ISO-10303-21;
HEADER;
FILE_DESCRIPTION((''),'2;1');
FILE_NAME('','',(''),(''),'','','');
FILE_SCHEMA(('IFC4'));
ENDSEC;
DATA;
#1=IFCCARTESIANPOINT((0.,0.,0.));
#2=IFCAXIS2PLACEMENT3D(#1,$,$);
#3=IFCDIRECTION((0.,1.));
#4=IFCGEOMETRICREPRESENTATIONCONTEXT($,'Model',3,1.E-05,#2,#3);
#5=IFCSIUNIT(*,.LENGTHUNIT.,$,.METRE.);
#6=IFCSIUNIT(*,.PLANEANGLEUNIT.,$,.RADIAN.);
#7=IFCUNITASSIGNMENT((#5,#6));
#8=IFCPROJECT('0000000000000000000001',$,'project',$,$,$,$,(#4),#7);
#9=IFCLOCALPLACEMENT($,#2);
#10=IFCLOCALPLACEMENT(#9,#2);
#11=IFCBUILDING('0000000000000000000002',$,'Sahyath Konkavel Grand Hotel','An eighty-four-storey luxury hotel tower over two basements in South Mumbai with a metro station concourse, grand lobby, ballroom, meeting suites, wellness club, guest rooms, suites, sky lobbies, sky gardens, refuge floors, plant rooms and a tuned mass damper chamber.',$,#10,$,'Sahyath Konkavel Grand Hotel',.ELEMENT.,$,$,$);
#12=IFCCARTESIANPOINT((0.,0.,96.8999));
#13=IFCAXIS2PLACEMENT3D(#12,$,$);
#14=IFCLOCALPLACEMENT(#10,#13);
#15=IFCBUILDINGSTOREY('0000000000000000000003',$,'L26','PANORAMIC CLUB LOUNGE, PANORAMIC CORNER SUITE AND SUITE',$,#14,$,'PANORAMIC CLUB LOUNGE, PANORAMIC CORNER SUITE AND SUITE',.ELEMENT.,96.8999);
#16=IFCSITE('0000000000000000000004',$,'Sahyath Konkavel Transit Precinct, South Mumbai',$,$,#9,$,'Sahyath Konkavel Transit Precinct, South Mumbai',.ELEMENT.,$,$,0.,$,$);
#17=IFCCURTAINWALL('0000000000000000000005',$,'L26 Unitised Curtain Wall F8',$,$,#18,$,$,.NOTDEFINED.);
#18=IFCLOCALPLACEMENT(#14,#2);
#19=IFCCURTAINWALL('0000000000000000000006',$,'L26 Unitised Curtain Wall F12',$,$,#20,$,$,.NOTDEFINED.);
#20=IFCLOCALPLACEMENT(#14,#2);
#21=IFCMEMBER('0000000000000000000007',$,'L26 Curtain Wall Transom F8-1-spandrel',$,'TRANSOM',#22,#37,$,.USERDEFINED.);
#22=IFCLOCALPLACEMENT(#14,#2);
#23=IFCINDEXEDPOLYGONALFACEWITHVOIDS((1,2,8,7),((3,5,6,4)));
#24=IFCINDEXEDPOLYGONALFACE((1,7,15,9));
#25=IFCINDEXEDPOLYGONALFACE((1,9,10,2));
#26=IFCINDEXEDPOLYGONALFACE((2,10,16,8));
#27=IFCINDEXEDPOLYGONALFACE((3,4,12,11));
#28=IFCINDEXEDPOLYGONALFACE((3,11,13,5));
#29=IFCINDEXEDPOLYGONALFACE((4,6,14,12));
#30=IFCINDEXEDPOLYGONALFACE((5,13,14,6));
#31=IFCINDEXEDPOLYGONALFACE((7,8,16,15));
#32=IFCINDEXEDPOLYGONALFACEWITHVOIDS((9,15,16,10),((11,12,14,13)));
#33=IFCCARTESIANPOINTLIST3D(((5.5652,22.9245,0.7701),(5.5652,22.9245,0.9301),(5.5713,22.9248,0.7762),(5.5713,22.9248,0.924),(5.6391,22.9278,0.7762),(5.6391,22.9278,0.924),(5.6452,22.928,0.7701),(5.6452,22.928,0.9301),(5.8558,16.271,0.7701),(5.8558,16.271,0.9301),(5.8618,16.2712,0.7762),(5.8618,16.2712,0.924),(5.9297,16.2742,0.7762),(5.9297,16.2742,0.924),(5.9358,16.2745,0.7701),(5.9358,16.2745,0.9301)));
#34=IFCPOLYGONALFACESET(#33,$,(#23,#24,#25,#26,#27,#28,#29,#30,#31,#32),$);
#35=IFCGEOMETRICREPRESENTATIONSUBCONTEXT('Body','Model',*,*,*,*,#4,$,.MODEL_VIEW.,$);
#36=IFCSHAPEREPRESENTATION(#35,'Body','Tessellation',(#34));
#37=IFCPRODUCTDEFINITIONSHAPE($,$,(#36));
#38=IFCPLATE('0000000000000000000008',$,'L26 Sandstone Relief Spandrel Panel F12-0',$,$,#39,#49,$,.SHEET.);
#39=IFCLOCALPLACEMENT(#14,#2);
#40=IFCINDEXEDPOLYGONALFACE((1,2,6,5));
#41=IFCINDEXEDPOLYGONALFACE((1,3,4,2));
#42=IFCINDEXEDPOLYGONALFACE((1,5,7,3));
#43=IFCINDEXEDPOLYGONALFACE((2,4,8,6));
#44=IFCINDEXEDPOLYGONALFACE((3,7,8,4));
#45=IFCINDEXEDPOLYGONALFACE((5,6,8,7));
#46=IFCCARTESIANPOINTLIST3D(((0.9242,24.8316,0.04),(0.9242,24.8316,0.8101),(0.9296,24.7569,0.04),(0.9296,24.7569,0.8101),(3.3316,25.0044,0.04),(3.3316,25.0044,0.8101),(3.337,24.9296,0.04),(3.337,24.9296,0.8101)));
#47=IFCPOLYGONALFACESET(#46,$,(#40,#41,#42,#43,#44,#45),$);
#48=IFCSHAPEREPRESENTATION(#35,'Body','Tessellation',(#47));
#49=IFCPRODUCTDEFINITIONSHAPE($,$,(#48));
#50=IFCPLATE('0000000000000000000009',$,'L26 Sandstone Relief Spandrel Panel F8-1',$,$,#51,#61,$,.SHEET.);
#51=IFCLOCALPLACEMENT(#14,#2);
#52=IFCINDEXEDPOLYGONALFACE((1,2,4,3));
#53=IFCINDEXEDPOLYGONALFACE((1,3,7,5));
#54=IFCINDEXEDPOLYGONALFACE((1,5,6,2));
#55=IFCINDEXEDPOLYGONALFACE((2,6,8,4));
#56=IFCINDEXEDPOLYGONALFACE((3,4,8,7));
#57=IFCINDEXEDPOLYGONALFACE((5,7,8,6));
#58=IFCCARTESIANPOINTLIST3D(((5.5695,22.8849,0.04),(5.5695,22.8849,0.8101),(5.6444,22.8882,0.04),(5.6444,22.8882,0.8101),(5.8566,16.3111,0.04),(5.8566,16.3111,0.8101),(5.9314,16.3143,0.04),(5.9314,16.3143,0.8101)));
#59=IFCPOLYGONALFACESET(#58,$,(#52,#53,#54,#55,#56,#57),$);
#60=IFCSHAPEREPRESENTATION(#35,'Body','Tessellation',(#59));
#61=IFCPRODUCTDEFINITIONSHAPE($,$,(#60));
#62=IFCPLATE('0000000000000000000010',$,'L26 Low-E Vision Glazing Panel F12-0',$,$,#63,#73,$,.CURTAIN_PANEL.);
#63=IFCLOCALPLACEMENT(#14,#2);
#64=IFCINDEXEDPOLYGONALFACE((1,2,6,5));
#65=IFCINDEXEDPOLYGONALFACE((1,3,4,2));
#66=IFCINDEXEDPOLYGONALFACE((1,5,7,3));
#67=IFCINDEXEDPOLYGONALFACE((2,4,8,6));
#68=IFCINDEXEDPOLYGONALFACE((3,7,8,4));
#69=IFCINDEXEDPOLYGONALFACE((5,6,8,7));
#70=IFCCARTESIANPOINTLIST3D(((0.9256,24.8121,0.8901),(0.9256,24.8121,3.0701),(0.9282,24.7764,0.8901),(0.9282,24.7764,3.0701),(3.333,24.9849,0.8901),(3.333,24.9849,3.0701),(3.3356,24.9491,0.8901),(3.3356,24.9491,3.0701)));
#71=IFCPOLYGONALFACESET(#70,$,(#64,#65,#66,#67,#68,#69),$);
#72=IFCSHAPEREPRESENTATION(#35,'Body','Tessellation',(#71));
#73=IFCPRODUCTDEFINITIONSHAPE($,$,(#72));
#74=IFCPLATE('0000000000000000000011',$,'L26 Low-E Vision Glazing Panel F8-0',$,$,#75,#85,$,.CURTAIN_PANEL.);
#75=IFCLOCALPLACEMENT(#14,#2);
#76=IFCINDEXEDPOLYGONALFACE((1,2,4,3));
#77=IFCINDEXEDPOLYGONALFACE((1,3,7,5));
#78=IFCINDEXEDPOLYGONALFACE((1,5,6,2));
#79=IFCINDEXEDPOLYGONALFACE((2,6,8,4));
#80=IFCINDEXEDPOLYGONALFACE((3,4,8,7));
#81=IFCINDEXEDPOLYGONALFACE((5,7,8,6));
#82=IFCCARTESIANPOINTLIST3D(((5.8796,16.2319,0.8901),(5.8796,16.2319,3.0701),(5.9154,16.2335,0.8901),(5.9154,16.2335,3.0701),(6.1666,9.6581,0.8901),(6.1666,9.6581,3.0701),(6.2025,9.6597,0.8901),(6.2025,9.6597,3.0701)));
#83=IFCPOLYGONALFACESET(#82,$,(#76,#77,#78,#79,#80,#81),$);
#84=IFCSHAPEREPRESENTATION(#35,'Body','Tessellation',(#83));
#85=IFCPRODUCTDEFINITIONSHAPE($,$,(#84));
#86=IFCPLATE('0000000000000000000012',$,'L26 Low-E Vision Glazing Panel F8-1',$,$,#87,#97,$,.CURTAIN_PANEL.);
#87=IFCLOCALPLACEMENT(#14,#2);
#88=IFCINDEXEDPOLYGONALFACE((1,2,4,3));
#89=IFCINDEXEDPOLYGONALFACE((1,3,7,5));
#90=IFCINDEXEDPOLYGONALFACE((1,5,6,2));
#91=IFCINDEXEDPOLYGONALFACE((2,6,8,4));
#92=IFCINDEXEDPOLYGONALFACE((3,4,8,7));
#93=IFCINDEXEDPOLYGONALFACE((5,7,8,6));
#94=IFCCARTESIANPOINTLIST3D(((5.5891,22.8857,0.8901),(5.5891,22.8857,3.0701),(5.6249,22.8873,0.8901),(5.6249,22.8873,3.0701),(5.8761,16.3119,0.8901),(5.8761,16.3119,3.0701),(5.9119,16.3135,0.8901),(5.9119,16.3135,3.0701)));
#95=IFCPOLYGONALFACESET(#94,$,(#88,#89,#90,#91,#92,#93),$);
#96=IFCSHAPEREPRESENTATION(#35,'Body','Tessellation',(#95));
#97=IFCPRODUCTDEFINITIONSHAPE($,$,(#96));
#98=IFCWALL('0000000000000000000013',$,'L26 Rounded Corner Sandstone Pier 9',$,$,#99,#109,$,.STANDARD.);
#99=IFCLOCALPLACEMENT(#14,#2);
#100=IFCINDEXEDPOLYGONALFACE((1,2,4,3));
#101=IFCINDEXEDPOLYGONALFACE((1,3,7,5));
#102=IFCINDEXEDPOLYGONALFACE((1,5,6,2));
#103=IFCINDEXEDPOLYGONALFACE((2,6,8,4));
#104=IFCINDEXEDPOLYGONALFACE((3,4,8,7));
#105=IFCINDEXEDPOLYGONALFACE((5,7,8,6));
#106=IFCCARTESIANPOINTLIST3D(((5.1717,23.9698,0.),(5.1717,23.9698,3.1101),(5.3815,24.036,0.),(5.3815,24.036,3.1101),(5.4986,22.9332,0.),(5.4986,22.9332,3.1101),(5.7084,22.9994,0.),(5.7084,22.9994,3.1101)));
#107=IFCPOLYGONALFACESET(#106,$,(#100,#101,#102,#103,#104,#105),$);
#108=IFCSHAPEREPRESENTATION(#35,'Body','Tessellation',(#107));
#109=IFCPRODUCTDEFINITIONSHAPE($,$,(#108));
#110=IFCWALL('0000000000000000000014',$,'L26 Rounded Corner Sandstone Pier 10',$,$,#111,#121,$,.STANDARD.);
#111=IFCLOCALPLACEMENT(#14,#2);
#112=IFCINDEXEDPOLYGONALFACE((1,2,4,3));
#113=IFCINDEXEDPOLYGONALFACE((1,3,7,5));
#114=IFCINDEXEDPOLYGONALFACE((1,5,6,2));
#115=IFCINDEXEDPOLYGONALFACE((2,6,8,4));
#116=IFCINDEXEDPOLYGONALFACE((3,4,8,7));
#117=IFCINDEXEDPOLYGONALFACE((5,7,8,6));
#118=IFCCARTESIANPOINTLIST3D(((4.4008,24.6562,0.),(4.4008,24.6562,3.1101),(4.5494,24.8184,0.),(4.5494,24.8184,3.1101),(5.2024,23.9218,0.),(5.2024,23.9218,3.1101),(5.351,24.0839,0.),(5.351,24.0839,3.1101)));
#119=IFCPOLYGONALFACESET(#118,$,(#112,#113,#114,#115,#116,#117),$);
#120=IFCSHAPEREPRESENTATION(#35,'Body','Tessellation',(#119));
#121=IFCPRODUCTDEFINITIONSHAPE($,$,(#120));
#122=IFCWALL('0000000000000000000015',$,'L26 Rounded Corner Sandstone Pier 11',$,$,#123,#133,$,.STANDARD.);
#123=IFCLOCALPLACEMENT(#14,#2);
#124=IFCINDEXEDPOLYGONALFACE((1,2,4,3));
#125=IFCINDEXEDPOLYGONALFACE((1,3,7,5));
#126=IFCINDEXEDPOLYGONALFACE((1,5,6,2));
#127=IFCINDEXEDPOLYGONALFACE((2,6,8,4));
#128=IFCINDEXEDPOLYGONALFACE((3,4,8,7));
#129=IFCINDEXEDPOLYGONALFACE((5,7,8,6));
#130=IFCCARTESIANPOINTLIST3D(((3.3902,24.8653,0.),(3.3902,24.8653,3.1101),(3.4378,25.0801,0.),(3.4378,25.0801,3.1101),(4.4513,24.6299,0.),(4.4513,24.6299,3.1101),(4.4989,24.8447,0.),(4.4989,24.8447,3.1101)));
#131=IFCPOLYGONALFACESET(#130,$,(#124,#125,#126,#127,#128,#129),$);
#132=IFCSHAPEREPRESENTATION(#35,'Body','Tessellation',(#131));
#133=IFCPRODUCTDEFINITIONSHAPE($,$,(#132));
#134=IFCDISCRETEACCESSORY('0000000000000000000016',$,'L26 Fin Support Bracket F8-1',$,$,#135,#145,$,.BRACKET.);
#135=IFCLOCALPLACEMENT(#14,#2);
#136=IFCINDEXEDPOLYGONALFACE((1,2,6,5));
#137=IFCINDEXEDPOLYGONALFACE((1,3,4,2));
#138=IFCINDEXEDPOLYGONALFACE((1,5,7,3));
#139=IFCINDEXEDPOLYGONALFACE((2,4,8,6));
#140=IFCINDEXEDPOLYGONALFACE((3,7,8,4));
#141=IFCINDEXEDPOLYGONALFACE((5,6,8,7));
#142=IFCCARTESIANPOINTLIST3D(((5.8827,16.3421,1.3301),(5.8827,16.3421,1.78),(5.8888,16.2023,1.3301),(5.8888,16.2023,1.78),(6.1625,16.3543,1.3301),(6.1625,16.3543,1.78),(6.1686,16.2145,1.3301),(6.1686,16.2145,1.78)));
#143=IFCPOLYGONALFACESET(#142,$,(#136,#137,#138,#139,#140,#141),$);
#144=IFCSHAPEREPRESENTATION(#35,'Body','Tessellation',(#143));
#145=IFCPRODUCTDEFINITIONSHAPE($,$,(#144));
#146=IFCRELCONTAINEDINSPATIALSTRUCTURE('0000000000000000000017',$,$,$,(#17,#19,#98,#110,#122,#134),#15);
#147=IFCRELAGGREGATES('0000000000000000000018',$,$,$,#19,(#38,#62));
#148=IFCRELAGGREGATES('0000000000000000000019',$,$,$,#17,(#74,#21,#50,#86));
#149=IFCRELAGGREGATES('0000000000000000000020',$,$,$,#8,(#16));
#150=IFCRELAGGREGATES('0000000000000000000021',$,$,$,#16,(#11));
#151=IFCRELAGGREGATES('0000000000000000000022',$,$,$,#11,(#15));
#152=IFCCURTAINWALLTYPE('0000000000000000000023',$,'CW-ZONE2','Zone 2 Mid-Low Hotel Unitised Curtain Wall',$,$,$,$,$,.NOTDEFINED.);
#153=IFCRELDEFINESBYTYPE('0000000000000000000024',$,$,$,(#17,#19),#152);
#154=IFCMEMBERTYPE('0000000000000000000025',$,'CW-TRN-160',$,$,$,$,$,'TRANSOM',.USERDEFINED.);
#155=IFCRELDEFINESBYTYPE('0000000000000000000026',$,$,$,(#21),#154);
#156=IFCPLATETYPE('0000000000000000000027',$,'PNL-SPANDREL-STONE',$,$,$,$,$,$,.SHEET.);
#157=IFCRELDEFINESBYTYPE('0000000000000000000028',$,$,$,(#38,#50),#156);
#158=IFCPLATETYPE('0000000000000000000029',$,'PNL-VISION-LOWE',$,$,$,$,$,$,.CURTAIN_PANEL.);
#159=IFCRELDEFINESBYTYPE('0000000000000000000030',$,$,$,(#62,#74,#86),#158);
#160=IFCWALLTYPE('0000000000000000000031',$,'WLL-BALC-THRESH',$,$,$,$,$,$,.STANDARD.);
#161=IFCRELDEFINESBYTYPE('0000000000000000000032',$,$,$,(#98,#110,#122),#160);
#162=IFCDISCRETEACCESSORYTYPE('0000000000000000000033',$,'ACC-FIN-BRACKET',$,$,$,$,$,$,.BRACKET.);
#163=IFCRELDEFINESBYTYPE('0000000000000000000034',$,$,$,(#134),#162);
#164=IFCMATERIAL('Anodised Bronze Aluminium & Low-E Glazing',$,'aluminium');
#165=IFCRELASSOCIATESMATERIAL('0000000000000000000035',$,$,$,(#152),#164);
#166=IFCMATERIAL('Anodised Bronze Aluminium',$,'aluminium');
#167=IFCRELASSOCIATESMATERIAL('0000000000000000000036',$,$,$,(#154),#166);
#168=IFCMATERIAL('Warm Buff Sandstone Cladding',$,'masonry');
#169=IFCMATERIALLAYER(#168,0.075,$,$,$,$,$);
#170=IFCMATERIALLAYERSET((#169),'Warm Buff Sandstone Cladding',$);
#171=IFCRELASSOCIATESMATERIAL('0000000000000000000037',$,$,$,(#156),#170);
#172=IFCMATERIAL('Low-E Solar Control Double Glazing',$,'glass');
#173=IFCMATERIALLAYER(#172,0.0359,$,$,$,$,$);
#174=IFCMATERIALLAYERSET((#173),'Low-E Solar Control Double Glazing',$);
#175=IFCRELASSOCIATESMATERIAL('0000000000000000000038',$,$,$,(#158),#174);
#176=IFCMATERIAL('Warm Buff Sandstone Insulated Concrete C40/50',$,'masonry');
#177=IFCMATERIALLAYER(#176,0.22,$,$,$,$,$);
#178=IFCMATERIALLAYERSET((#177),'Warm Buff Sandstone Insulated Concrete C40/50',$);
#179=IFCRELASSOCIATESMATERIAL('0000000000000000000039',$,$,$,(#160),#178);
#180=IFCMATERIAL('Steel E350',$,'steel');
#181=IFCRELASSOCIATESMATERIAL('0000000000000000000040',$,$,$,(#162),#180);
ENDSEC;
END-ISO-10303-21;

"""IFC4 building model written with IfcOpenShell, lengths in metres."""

from ifc_helpers import new_model, si_unit, direction, frame, frame_2d, origin, origin_2d, place, context, subcontext, project, spatial, rectangle, hollow_rectangle, extrude, source, transform, mapped, material, layer, layer_set, material_profile, profile_set, type_object, element, aggregate, save


model = new_model("IFC4")

# Units and contexts
model_context = context("Model", 3, precision=1e-05, world=origin(), true_north=direction((0.0, 1.0)))
body_context = subcontext(model_context, "Body", "Model", "MODEL_VIEW")
ifc_project = project(units=[si_unit("LENGTHUNIT", "METRE"), si_unit("PLANEANGLEUNIT", "RADIAN")], contexts=[model_context])

# Site, building, storey
site_placement = place(None, origin())
site = spatial("IfcSite", under=ifc_project, at=site_placement, Name="Sahyath Konkavel Transit Precinct, South Mumbai", LongName="Sahyath Konkavel Transit Precinct, South Mumbai", CompositionType="ELEMENT", RefElevation=0.0)
building_placement = place(site_placement, origin())
building = spatial("IfcBuilding", under=site, at=building_placement, Name="Sahyath Konkavel Grand Hotel", Description="An eighty-four-storey luxury hotel tower over two basements in South Mumbai with a metro station concourse, grand lobby, ballroom, meeting suites, wellness club, guest rooms, suites, sky lobbies, sky gardens, refuge floors, plant rooms and a tuned mass damper chamber.", LongName="Sahyath Konkavel Grand Hotel", CompositionType="ELEMENT")
storey_placement = place(building_placement, frame((0.0, 0.0, 96.8999)))
storey = spatial("IfcBuildingStorey", under=building, at=storey_placement, Name="L26", Description="PANORAMIC CLUB LOUNGE, PANORAMIC CORNER SUITE AND SUITE", LongName="PANORAMIC CLUB LOUNGE, PANORAMIC CORNER SUITE AND SUITE", CompositionType="ELEMENT", Elevation=96.8999)

# Shared definitions
ifc_material_1 = material(Name="Steel E350", Category="steel")

# Curtain walls
ifc_material_2 = material(Name="Anodised Bronze Aluminium & Low-E Glazing", Category="aluminium")
curtain_wall_type = type_object("IfcCurtainWallType", Name="CW-ZONE2", Description="Zone 2 Mid-Low Hotel Unitised Curtain Wall", PredefinedType="NOTDEFINED", material=ifc_material_2)
curtain_wall_1_placement = place(storey_placement, origin())
curtain_wall_1 = element("IfcCurtainWall", 1, at=curtain_wall_1_placement, inside=storey, type_object=curtain_wall_type, Name="L26 Unitised Curtain Wall F8", PredefinedType="NOTDEFINED")
ifc_material_3 = material(Name="Anodised Bronze Aluminium", Category="aluminium")
curtain_wall_2_placement = place(storey_placement, origin())
curtain_wall_2 = element("IfcCurtainWall", 2, at=curtain_wall_2_placement, inside=storey, type_object=curtain_wall_type, Name="L26 Unitised Curtain Wall F12", PredefinedType="NOTDEFINED")
ifc_material_profile_1 = material_profile(ifc_material_3, hollow_rectangle(XDim=0.0801, YDim=0.1599, WallThickness=0.0061, at=origin_2d()), Name="RHS 160x80x6")
ifc_profile_set_1 = profile_set([ifc_material_profile_1], Name="Anodised Bronze Aluminium")
member_type_1 = type_object("IfcMemberType", Name="CW-TRN-160", ElementType="TRANSOM", PredefinedType="USERDEFINED", material=ifc_profile_set_1)

# Member
shared_shape_1 = source(origin(), body_context, "Body", "SweptSolid", [
    extrude(hollow_rectangle(XDim=0.0801, YDim=0.1599, WallThickness=0.0061, at=origin_2d()), origin(), (0.0, 0.0, 1.0), 6.6599),
])
member_1_placement = place(storey_placement, frame((5.8958, 16.2727, 0.8501), z_axis=(-0.043623, 0.999048, 0.0), x_axis=(-0.999048, -0.043623, 0.0)))
member_1 = element("IfcMember", 3, at=member_1_placement, type_object=member_type_1, Name="L26 Curtain Wall Transom F8-1-spandrel", ObjectType="TRANSOM", PredefinedType="USERDEFINED", context=body_context, shape_type="MappedRepresentation", body=[
    mapped(shared_shape_1, transform((0.0, 0.0, 0.0), scale=1.0)),
])

# Plates
ifc_material_4 = material(Name="Warm Buff Sandstone Cladding", Category="masonry")
ifc_layer_1 = layer(ifc_material_4, 0.075)
ifc_layer_set_1 = layer_set([ifc_layer_1], Name="Warm Buff Sandstone Cladding")
plate_type_1 = type_object("IfcPlateType", Name="PNL-SPANDREL-STONE", PredefinedType="SHEET", material=ifc_layer_set_1)
shared_shape_2 = source(origin(), body_context, "Body", "SweptSolid", [
    extrude(rectangle(XDim=2.4136, YDim=0.075, at=origin_2d()), origin(), (0.0, 0.0, 1.0), 0.77),
])
plate_1_placement = place(storey_placement, frame((2.1306, 24.8806, 0.04), z_axis=(0.0, 0.0, 1.0), x_axis=(-0.997436, -0.071567, 0.0)))
plate_1 = element("IfcPlate", 4, at=plate_1_placement, type_object=plate_type_1, Name="L26 Sandstone Relief Spandrel Panel F12-0", PredefinedType="SHEET", context=body_context, shape_type="MappedRepresentation", body=[
    mapped(shared_shape_2, transform((0.0, 0.0, 0.0), scale=1.0)),
])
shared_shape_3 = source(origin(), body_context, "Body", "SweptSolid", [
    extrude(rectangle(XDim=6.5801, YDim=0.075, at=origin_2d()), origin(), (0.0, 0.0, 1.0), 0.77),
])
plate_2_placement = place(storey_placement, frame((5.7505, 19.5996, 0.04), z_axis=(0.0, 0.0, 1.0), x_axis=(-0.043619, 0.999048, 0.0)))
plate_2 = element("IfcPlate", 5, at=plate_2_placement, type_object=plate_type_1, Name="L26 Sandstone Relief Spandrel Panel F8-1", PredefinedType="SHEET", context=body_context, shape_type="MappedRepresentation", body=[
    mapped(shared_shape_3, transform((0.0, 0.0, 0.0), scale=1.0)),
])
ifc_material_5 = material(Name="Low-E Solar Control Double Glazing", Category="glass")
ifc_layer_2 = layer(ifc_material_5, 0.0359)
ifc_layer_set_2 = layer_set([ifc_layer_2], Name="Low-E Solar Control Double Glazing")
plate_type_2 = type_object("IfcPlateType", Name="PNL-VISION-LOWE", PredefinedType="CURTAIN_PANEL", material=ifc_layer_set_2)
shared_shape_4 = source(origin(), body_context, "Body", "SweptSolid", [
    extrude(rectangle(XDim=2.4136, YDim=0.0359, at=origin_2d()), origin(), (0.0, 0.0, 1.0), 2.1799),
])
plate_3_placement = place(storey_placement, frame((2.1306, 24.8806, 0.8901), z_axis=(0.0, 0.0, 1.0), x_axis=(-0.997436, -0.071567, 0.0)))
plate_3 = element("IfcPlate", 6, at=plate_3_placement, type_object=plate_type_2, Name="L26 Low-E Vision Glazing Panel F12-0", PredefinedType="CURTAIN_PANEL", context=body_context, shape_type="MappedRepresentation", body=[
    mapped(shared_shape_4, transform((0.0, 0.0, 0.0), scale=1.0)),
])
aggregate(curtain_wall_2, [plate_1, plate_3])
shared_shape_5 = source(origin(), body_context, "Body", "SweptSolid", [
    extrude(rectangle(XDim=6.5801, YDim=0.0359, at=origin_2d()), origin(), (0.0, 0.0, 1.0), 2.1799),
])
plate_4_placement = place(storey_placement, frame((6.041, 12.9458, 0.8901), z_axis=(0.0, 0.0, 1.0), x_axis=(-0.043619, 0.999048, 0.0)))
plate_4 = element("IfcPlate", 7, at=plate_4_placement, type_object=plate_type_2, Name="L26 Low-E Vision Glazing Panel F8-0", PredefinedType="CURTAIN_PANEL", context=body_context, shape_type="MappedRepresentation", body=[
    mapped(shared_shape_5, transform((0.0, 0.0, 0.0), scale=1.0)),
])
plate_5_placement = place(storey_placement, frame((5.7505, 19.5996, 0.8901), z_axis=(0.0, 0.0, 1.0), x_axis=(-0.043619, 0.999048, 0.0)))
plate_5 = element("IfcPlate", 8, at=plate_5_placement, type_object=plate_type_2, Name="L26 Low-E Vision Glazing Panel F8-1", PredefinedType="CURTAIN_PANEL", context=body_context, shape_type="MappedRepresentation", body=[
    mapped(shared_shape_5, transform((0.0, 0.0, 0.0), scale=1.0)),
])
aggregate(curtain_wall_1, [plate_4, member_1, plate_2, plate_5])

# Walls
ifc_material_6 = material(Name="Warm Buff Sandstone Insulated Concrete C40/50", Category="masonry")
ifc_layer_3 = layer(ifc_material_6, 0.22)
ifc_layer_set_3 = layer_set([ifc_layer_3], Name="Warm Buff Sandstone Insulated Concrete C40/50")
wall_type = type_object("IfcWallType", Name="WLL-BALC-THRESH", PredefinedType="STANDARD", material=ifc_layer_set_3)
wall_1_placement = place(storey_placement, frame((5.6035, 22.9663, 0.0), z_axis=(0.0, 0.0, 1.0), x_axis=(-0.300755, 0.953701, 0.0)))
element("IfcWall", 9, at=wall_1_placement, inside=storey, type_object=wall_type, Name="L26 Rounded Corner Sandstone Pier 9", PredefinedType="STANDARD", context=body_context, shape_type="SweptSolid", body=[
    extrude(rectangle(XDim=1.0869, YDim=0.22, at=frame_2d((0.5435, 0.0))), origin(), (0.0, 0.0, 1.0), 3.1101),
])
wall_2_placement = place(storey_placement, frame((5.2766, 24.0029, 0.0), z_axis=(0.0, 0.0, 1.0), x_axis=(-0.737313, 0.675552, 0.0)))
element("IfcWall", 10, at=wall_2_placement, inside=storey, type_object=wall_type, Name="L26 Rounded Corner Sandstone Pier 10", PredefinedType="STANDARD", context=body_context, shape_type="SweptSolid", body=[
    extrude(rectangle(XDim=1.0872, YDim=0.22, at=frame_2d((0.5435, 0.0))), origin(), (0.0, 0.0, 1.0), 3.1101),
])
wall_3_placement = place(storey_placement, frame((4.4751, 24.7373, 0.0), z_axis=(0.0, 0.0, 1.0), x_axis=(-0.976272, 0.21655, 0.0)))
element("IfcWall", 11, at=wall_3_placement, inside=storey, type_object=wall_type, Name="L26 Rounded Corner Sandstone Pier 11", PredefinedType="STANDARD", context=body_context, shape_type="SweptSolid", body=[
    extrude(rectangle(XDim=1.0869, YDim=0.22, at=frame_2d((0.5435, 0.0))), origin(), (0.0, 0.0, 1.0), 3.1101),
])

# Discrete accessory
discrete_accessory_type = type_object("IfcDiscreteAccessoryType", Name="ACC-FIN-BRACKET", PredefinedType="BRACKET", material=ifc_material_1)
shared_shape_6 = source(origin(), body_context, "Body", "SweptSolid", [
    extrude(rectangle(XDim=0.28, YDim=0.1399, at=origin_2d()), origin(), (0.0, 0.0, 1.0), 0.45),
])
discrete_accessory_placement = place(storey_placement, frame((6.0256, 16.2783, 1.3301), z_axis=(0.0, 0.0, 1.0), x_axis=(0.999048, 0.043619, 0.0)))
element("IfcDiscreteAccessory", 12, at=discrete_accessory_placement, inside=storey, type_object=discrete_accessory_type, Name="L26 Fin Support Bracket F8-1", PredefinedType="BRACKET", context=body_context, shape_type="MappedRepresentation", body=[
    mapped(shared_shape_6, transform((0.0, 0.0, 0.0), scale=1.0)),
])

save(model, "model.ifc")
